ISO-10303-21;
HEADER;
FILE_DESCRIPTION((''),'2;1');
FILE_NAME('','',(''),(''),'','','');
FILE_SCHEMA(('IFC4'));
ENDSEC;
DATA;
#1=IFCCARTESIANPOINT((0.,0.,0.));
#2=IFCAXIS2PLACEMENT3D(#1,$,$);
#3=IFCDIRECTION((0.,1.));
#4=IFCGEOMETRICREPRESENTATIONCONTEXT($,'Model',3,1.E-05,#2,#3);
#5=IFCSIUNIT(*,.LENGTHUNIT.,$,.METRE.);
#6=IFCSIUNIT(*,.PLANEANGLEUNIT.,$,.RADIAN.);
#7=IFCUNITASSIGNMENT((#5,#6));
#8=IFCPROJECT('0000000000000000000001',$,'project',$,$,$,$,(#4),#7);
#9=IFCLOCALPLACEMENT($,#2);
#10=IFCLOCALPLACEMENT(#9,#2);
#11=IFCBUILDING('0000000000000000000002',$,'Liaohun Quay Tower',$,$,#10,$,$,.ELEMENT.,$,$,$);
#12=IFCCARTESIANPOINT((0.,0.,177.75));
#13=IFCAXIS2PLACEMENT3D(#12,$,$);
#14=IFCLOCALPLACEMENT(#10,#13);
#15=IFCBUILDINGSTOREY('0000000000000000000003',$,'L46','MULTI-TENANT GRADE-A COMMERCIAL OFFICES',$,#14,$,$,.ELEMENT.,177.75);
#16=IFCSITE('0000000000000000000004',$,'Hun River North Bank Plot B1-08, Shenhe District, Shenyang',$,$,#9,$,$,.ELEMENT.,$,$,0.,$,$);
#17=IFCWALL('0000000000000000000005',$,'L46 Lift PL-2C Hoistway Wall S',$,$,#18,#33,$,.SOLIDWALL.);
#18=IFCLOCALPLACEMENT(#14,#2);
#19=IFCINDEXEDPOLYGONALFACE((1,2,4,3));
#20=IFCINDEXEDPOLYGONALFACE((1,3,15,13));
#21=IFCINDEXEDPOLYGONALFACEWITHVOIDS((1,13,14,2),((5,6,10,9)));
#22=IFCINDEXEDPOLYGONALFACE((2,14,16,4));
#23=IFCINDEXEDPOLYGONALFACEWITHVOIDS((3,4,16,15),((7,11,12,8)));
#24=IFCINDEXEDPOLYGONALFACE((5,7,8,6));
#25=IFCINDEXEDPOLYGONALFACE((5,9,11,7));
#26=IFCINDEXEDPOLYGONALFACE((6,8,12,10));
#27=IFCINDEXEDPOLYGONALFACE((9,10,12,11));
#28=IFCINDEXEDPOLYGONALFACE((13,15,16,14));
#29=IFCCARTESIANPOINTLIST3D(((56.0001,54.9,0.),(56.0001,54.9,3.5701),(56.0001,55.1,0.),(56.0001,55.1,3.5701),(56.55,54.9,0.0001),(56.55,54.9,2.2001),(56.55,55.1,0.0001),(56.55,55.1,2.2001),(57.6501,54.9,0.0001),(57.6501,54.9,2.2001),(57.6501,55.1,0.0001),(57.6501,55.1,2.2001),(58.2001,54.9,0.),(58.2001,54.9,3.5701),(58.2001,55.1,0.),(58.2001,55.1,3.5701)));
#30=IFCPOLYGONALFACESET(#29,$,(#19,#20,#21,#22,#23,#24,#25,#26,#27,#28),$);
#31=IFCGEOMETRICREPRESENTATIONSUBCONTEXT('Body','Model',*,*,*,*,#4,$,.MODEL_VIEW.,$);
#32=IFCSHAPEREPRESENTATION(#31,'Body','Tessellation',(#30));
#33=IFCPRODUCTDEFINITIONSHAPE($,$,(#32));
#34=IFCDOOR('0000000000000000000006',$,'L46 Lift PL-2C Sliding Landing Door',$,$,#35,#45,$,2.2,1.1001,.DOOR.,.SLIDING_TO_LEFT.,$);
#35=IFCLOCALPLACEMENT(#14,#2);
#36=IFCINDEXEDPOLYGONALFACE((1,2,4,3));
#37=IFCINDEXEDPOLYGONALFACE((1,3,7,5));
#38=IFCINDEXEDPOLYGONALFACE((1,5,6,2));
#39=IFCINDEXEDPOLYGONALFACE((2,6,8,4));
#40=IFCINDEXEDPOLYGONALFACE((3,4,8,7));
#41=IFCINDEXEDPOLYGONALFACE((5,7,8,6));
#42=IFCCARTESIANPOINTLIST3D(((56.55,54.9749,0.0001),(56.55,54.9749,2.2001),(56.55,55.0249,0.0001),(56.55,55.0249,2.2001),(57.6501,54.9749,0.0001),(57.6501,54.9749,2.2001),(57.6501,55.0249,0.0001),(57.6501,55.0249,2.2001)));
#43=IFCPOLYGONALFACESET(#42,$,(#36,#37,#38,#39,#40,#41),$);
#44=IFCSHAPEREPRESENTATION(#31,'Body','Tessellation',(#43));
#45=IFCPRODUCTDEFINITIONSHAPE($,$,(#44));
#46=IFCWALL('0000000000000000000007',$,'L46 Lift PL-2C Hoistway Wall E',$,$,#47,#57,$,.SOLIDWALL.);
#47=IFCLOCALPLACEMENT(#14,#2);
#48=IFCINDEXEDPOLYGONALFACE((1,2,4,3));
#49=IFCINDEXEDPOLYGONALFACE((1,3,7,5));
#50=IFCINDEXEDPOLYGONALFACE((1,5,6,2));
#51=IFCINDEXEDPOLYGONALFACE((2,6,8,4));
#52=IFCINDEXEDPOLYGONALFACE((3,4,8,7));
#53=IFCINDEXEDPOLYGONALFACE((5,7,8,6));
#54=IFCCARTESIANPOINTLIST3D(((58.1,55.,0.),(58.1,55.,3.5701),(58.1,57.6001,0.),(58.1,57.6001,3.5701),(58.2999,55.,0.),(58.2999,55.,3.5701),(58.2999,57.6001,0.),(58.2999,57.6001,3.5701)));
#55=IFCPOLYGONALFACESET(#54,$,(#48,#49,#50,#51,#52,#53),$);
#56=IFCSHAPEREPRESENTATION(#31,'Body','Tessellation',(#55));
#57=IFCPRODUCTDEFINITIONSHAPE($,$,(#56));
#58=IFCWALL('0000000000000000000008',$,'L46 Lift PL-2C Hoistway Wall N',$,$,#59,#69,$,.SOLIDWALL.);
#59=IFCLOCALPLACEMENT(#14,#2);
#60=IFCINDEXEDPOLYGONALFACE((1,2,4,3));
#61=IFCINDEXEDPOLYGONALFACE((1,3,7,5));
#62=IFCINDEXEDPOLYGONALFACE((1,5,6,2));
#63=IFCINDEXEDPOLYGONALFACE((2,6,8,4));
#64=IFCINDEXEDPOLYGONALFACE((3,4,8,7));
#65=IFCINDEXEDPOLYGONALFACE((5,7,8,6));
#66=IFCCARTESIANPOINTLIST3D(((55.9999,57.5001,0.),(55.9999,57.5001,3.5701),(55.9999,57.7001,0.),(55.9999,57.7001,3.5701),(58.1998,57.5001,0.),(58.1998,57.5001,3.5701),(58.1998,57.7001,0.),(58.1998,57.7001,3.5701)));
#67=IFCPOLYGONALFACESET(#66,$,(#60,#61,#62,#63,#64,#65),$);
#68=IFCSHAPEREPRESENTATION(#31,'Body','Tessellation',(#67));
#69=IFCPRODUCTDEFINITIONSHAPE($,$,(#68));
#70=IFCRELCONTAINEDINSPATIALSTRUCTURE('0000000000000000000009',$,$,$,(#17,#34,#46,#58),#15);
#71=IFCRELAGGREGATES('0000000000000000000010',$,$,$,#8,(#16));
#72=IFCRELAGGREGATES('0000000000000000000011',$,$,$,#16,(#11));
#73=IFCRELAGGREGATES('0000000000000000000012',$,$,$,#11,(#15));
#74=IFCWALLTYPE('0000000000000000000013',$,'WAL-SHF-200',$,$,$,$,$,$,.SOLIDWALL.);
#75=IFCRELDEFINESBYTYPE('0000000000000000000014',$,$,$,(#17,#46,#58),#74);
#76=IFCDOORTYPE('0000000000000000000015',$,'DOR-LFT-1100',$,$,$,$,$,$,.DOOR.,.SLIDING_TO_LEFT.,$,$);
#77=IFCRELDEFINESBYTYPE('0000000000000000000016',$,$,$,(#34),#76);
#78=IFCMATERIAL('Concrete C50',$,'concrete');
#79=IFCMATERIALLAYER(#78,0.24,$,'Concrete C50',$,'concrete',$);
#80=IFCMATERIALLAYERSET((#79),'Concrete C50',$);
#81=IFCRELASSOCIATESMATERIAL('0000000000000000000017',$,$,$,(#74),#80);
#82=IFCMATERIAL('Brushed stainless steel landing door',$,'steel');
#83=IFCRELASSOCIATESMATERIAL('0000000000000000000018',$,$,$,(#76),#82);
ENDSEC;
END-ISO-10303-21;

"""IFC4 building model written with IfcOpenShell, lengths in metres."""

from ifc_helpers import new_model, si_unit, direction, frame, frame_2d, origin, place, context, subcontext, project, spatial, rectangle, extrude, source, transform, mapped, material, layer, layer_set, type_object, element, fill, save


model = new_model("IFC4")

# Units and contexts
model_context = context("Model", 3, precision=1e-05, world=origin(), true_north=direction((0.0, 1.0)))
body_context = subcontext(model_context, "Body", "Model", "MODEL_VIEW")
ifc_project = project(units=[si_unit("LENGTHUNIT", "METRE"), si_unit("PLANEANGLEUNIT", "RADIAN")], contexts=[model_context])

# Site, building, storey
site_placement = place(None, origin())
site = spatial("IfcSite", under=ifc_project, at=site_placement, Name="Hun River North Bank Plot B1-08, Shenhe District, Shenyang", CompositionType="ELEMENT", RefElevation=0.0)
building_placement = place(site_placement, origin())
building = spatial("IfcBuilding", under=site, at=building_placement, Name="Liaohun Quay Tower", CompositionType="ELEMENT")
storey_placement = place(building_placement, frame((0.0, 0.0, 177.75)))
storey = spatial("IfcBuildingStorey", under=building, at=storey_placement, Name="L46", Description="MULTI-TENANT GRADE-A COMMERCIAL OFFICES", CompositionType="ELEMENT", Elevation=177.75)

# Shared definitions
ifc_material_1 = material(Name="Concrete C50", Category="concrete")
ifc_layer_1 = layer(ifc_material_1, 0.24, Name="Concrete C50", Category="concrete")
ifc_layer_set_1 = layer_set([ifc_layer_1], Name="Concrete C50")
wall_type_1 = type_object("IfcWallType", Name="WAL-SHF-200", PredefinedType="SOLIDWALL", material=ifc_layer_set_1)

# Shared definitions
shared_shape_1 = source(origin(), body_context, "Body", "SweptSolid", [
    extrude(rectangle(XDim=1.1001, YDim=2.2, at=frame_2d((0.55, 1.1001))), frame((0.0, 0.1099, 0.0), z_axis=(0.0, -1.0, 0.0), x_axis=(1.0, 0.0, 0.0)), (0.0, 0.0, 1.0), 0.22),
])
ifc_material_2 = material(Name="Brushed stainless steel landing door", Category="steel")
door_type_1 = type_object("IfcDoorType", Name="DOR-LFT-1100", OperationType="SLIDING_TO_LEFT", PredefinedType="DOOR", material=ifc_material_2)
shared_shape_2 = source(origin(), body_context, "Body", "SweptSolid", [
    extrude(rectangle(XDim=1.1001, YDim=2.2, at=frame_2d((0.55, 1.1001))), frame((0.0, 0.0249, 0.0), z_axis=(0.0, -1.0, 0.0), x_axis=(1.0, 0.0, 0.0)), (0.0, 0.0, 1.0), 0.05),
])

# Wall, opening, door
wall_1_placement = place(storey_placement, frame((56.0, 55.0, 0.0), z_axis=(0.0, 0.0, 1.0), x_axis=(1.0, 0.0, 0.0)))
wall_1 = element("IfcWall", 1, at=wall_1_placement, inside=storey, type_object=wall_type_1, Name="L46 Lift PL-2C Hoistway Wall S", PredefinedType="SOLIDWALL", context=body_context, shape_type="SweptSolid", body=[
    extrude(rectangle(XDim=2.2, YDim=0.2, at=frame_2d((1.1001, 0.0))), origin(), (0.0, 0.0, 1.0), 3.5701),
])
opening_1_placement = place(wall_1_placement, frame((0.55, 0.0, 0.0)))
opening_1 = element("IfcOpeningElement", 2, at=opening_1_placement, cuts=wall_1, PredefinedType="OPENING", context=body_context, shape_type="MappedRepresentation", body=[
    mapped(shared_shape_1, transform((0.0, 0.0, 0.0), x_axis=(1.0, 0.0, 0.0), y_axis=(0.0, 1.0, 0.0), z_axis=(0.0, 0.0, 1.0), scale=1.0)),
])
door_1_placement = place(opening_1_placement, origin())
door_1 = element("IfcDoor", 3, at=door_1_placement, inside=storey, type_object=door_type_1, Name="L46 Lift PL-2C Sliding Landing Door", OperationType="SLIDING_TO_LEFT", OverallHeight=2.2, OverallWidth=1.1001, PredefinedType="DOOR", context=body_context, shape_type="MappedRepresentation", body=[
    mapped(shared_shape_2, transform((0.0, 0.0, 0.0), x_axis=(1.0, 0.0, 0.0), y_axis=(0.0, 1.0, 0.0), z_axis=(0.0, 0.0, 1.0), scale=1.0)),
])
fill(opening_1, door_1)

# Walls
wall_2_placement = place(storey_placement, frame((58.2, 55.0, 0.0), z_axis=(0.0, 0.0, 1.0), x_axis=(0.0, 1.0, 0.0)))
element("IfcWall", 4, at=wall_2_placement, inside=storey, type_object=wall_type_1, Name="L46 Lift PL-2C Hoistway Wall E", PredefinedType="SOLIDWALL", context=body_context, shape_type="SweptSolid", body=[
    extrude(rectangle(XDim=2.6001, YDim=0.2, at=frame_2d((1.3, 0.0))), origin(), (0.0, 0.0, 1.0), 3.5701),
])
wall_3_placement = place(storey_placement, frame((58.2, 57.6001, 0.0), z_axis=(0.0, 0.0, 1.0), x_axis=(-1.0, 0.0, 0.0)))
element("IfcWall", 5, at=wall_3_placement, inside=storey, type_object=wall_type_1, Name="L46 Lift PL-2C Hoistway Wall N", PredefinedType="SOLIDWALL", context=body_context, shape_type="SweptSolid", body=[
    extrude(rectangle(XDim=2.2, YDim=0.2, at=frame_2d((1.1001, 0.0))), origin(), (0.0, 0.0, 1.0), 3.5701),
])

save(model, "model.ifc")
